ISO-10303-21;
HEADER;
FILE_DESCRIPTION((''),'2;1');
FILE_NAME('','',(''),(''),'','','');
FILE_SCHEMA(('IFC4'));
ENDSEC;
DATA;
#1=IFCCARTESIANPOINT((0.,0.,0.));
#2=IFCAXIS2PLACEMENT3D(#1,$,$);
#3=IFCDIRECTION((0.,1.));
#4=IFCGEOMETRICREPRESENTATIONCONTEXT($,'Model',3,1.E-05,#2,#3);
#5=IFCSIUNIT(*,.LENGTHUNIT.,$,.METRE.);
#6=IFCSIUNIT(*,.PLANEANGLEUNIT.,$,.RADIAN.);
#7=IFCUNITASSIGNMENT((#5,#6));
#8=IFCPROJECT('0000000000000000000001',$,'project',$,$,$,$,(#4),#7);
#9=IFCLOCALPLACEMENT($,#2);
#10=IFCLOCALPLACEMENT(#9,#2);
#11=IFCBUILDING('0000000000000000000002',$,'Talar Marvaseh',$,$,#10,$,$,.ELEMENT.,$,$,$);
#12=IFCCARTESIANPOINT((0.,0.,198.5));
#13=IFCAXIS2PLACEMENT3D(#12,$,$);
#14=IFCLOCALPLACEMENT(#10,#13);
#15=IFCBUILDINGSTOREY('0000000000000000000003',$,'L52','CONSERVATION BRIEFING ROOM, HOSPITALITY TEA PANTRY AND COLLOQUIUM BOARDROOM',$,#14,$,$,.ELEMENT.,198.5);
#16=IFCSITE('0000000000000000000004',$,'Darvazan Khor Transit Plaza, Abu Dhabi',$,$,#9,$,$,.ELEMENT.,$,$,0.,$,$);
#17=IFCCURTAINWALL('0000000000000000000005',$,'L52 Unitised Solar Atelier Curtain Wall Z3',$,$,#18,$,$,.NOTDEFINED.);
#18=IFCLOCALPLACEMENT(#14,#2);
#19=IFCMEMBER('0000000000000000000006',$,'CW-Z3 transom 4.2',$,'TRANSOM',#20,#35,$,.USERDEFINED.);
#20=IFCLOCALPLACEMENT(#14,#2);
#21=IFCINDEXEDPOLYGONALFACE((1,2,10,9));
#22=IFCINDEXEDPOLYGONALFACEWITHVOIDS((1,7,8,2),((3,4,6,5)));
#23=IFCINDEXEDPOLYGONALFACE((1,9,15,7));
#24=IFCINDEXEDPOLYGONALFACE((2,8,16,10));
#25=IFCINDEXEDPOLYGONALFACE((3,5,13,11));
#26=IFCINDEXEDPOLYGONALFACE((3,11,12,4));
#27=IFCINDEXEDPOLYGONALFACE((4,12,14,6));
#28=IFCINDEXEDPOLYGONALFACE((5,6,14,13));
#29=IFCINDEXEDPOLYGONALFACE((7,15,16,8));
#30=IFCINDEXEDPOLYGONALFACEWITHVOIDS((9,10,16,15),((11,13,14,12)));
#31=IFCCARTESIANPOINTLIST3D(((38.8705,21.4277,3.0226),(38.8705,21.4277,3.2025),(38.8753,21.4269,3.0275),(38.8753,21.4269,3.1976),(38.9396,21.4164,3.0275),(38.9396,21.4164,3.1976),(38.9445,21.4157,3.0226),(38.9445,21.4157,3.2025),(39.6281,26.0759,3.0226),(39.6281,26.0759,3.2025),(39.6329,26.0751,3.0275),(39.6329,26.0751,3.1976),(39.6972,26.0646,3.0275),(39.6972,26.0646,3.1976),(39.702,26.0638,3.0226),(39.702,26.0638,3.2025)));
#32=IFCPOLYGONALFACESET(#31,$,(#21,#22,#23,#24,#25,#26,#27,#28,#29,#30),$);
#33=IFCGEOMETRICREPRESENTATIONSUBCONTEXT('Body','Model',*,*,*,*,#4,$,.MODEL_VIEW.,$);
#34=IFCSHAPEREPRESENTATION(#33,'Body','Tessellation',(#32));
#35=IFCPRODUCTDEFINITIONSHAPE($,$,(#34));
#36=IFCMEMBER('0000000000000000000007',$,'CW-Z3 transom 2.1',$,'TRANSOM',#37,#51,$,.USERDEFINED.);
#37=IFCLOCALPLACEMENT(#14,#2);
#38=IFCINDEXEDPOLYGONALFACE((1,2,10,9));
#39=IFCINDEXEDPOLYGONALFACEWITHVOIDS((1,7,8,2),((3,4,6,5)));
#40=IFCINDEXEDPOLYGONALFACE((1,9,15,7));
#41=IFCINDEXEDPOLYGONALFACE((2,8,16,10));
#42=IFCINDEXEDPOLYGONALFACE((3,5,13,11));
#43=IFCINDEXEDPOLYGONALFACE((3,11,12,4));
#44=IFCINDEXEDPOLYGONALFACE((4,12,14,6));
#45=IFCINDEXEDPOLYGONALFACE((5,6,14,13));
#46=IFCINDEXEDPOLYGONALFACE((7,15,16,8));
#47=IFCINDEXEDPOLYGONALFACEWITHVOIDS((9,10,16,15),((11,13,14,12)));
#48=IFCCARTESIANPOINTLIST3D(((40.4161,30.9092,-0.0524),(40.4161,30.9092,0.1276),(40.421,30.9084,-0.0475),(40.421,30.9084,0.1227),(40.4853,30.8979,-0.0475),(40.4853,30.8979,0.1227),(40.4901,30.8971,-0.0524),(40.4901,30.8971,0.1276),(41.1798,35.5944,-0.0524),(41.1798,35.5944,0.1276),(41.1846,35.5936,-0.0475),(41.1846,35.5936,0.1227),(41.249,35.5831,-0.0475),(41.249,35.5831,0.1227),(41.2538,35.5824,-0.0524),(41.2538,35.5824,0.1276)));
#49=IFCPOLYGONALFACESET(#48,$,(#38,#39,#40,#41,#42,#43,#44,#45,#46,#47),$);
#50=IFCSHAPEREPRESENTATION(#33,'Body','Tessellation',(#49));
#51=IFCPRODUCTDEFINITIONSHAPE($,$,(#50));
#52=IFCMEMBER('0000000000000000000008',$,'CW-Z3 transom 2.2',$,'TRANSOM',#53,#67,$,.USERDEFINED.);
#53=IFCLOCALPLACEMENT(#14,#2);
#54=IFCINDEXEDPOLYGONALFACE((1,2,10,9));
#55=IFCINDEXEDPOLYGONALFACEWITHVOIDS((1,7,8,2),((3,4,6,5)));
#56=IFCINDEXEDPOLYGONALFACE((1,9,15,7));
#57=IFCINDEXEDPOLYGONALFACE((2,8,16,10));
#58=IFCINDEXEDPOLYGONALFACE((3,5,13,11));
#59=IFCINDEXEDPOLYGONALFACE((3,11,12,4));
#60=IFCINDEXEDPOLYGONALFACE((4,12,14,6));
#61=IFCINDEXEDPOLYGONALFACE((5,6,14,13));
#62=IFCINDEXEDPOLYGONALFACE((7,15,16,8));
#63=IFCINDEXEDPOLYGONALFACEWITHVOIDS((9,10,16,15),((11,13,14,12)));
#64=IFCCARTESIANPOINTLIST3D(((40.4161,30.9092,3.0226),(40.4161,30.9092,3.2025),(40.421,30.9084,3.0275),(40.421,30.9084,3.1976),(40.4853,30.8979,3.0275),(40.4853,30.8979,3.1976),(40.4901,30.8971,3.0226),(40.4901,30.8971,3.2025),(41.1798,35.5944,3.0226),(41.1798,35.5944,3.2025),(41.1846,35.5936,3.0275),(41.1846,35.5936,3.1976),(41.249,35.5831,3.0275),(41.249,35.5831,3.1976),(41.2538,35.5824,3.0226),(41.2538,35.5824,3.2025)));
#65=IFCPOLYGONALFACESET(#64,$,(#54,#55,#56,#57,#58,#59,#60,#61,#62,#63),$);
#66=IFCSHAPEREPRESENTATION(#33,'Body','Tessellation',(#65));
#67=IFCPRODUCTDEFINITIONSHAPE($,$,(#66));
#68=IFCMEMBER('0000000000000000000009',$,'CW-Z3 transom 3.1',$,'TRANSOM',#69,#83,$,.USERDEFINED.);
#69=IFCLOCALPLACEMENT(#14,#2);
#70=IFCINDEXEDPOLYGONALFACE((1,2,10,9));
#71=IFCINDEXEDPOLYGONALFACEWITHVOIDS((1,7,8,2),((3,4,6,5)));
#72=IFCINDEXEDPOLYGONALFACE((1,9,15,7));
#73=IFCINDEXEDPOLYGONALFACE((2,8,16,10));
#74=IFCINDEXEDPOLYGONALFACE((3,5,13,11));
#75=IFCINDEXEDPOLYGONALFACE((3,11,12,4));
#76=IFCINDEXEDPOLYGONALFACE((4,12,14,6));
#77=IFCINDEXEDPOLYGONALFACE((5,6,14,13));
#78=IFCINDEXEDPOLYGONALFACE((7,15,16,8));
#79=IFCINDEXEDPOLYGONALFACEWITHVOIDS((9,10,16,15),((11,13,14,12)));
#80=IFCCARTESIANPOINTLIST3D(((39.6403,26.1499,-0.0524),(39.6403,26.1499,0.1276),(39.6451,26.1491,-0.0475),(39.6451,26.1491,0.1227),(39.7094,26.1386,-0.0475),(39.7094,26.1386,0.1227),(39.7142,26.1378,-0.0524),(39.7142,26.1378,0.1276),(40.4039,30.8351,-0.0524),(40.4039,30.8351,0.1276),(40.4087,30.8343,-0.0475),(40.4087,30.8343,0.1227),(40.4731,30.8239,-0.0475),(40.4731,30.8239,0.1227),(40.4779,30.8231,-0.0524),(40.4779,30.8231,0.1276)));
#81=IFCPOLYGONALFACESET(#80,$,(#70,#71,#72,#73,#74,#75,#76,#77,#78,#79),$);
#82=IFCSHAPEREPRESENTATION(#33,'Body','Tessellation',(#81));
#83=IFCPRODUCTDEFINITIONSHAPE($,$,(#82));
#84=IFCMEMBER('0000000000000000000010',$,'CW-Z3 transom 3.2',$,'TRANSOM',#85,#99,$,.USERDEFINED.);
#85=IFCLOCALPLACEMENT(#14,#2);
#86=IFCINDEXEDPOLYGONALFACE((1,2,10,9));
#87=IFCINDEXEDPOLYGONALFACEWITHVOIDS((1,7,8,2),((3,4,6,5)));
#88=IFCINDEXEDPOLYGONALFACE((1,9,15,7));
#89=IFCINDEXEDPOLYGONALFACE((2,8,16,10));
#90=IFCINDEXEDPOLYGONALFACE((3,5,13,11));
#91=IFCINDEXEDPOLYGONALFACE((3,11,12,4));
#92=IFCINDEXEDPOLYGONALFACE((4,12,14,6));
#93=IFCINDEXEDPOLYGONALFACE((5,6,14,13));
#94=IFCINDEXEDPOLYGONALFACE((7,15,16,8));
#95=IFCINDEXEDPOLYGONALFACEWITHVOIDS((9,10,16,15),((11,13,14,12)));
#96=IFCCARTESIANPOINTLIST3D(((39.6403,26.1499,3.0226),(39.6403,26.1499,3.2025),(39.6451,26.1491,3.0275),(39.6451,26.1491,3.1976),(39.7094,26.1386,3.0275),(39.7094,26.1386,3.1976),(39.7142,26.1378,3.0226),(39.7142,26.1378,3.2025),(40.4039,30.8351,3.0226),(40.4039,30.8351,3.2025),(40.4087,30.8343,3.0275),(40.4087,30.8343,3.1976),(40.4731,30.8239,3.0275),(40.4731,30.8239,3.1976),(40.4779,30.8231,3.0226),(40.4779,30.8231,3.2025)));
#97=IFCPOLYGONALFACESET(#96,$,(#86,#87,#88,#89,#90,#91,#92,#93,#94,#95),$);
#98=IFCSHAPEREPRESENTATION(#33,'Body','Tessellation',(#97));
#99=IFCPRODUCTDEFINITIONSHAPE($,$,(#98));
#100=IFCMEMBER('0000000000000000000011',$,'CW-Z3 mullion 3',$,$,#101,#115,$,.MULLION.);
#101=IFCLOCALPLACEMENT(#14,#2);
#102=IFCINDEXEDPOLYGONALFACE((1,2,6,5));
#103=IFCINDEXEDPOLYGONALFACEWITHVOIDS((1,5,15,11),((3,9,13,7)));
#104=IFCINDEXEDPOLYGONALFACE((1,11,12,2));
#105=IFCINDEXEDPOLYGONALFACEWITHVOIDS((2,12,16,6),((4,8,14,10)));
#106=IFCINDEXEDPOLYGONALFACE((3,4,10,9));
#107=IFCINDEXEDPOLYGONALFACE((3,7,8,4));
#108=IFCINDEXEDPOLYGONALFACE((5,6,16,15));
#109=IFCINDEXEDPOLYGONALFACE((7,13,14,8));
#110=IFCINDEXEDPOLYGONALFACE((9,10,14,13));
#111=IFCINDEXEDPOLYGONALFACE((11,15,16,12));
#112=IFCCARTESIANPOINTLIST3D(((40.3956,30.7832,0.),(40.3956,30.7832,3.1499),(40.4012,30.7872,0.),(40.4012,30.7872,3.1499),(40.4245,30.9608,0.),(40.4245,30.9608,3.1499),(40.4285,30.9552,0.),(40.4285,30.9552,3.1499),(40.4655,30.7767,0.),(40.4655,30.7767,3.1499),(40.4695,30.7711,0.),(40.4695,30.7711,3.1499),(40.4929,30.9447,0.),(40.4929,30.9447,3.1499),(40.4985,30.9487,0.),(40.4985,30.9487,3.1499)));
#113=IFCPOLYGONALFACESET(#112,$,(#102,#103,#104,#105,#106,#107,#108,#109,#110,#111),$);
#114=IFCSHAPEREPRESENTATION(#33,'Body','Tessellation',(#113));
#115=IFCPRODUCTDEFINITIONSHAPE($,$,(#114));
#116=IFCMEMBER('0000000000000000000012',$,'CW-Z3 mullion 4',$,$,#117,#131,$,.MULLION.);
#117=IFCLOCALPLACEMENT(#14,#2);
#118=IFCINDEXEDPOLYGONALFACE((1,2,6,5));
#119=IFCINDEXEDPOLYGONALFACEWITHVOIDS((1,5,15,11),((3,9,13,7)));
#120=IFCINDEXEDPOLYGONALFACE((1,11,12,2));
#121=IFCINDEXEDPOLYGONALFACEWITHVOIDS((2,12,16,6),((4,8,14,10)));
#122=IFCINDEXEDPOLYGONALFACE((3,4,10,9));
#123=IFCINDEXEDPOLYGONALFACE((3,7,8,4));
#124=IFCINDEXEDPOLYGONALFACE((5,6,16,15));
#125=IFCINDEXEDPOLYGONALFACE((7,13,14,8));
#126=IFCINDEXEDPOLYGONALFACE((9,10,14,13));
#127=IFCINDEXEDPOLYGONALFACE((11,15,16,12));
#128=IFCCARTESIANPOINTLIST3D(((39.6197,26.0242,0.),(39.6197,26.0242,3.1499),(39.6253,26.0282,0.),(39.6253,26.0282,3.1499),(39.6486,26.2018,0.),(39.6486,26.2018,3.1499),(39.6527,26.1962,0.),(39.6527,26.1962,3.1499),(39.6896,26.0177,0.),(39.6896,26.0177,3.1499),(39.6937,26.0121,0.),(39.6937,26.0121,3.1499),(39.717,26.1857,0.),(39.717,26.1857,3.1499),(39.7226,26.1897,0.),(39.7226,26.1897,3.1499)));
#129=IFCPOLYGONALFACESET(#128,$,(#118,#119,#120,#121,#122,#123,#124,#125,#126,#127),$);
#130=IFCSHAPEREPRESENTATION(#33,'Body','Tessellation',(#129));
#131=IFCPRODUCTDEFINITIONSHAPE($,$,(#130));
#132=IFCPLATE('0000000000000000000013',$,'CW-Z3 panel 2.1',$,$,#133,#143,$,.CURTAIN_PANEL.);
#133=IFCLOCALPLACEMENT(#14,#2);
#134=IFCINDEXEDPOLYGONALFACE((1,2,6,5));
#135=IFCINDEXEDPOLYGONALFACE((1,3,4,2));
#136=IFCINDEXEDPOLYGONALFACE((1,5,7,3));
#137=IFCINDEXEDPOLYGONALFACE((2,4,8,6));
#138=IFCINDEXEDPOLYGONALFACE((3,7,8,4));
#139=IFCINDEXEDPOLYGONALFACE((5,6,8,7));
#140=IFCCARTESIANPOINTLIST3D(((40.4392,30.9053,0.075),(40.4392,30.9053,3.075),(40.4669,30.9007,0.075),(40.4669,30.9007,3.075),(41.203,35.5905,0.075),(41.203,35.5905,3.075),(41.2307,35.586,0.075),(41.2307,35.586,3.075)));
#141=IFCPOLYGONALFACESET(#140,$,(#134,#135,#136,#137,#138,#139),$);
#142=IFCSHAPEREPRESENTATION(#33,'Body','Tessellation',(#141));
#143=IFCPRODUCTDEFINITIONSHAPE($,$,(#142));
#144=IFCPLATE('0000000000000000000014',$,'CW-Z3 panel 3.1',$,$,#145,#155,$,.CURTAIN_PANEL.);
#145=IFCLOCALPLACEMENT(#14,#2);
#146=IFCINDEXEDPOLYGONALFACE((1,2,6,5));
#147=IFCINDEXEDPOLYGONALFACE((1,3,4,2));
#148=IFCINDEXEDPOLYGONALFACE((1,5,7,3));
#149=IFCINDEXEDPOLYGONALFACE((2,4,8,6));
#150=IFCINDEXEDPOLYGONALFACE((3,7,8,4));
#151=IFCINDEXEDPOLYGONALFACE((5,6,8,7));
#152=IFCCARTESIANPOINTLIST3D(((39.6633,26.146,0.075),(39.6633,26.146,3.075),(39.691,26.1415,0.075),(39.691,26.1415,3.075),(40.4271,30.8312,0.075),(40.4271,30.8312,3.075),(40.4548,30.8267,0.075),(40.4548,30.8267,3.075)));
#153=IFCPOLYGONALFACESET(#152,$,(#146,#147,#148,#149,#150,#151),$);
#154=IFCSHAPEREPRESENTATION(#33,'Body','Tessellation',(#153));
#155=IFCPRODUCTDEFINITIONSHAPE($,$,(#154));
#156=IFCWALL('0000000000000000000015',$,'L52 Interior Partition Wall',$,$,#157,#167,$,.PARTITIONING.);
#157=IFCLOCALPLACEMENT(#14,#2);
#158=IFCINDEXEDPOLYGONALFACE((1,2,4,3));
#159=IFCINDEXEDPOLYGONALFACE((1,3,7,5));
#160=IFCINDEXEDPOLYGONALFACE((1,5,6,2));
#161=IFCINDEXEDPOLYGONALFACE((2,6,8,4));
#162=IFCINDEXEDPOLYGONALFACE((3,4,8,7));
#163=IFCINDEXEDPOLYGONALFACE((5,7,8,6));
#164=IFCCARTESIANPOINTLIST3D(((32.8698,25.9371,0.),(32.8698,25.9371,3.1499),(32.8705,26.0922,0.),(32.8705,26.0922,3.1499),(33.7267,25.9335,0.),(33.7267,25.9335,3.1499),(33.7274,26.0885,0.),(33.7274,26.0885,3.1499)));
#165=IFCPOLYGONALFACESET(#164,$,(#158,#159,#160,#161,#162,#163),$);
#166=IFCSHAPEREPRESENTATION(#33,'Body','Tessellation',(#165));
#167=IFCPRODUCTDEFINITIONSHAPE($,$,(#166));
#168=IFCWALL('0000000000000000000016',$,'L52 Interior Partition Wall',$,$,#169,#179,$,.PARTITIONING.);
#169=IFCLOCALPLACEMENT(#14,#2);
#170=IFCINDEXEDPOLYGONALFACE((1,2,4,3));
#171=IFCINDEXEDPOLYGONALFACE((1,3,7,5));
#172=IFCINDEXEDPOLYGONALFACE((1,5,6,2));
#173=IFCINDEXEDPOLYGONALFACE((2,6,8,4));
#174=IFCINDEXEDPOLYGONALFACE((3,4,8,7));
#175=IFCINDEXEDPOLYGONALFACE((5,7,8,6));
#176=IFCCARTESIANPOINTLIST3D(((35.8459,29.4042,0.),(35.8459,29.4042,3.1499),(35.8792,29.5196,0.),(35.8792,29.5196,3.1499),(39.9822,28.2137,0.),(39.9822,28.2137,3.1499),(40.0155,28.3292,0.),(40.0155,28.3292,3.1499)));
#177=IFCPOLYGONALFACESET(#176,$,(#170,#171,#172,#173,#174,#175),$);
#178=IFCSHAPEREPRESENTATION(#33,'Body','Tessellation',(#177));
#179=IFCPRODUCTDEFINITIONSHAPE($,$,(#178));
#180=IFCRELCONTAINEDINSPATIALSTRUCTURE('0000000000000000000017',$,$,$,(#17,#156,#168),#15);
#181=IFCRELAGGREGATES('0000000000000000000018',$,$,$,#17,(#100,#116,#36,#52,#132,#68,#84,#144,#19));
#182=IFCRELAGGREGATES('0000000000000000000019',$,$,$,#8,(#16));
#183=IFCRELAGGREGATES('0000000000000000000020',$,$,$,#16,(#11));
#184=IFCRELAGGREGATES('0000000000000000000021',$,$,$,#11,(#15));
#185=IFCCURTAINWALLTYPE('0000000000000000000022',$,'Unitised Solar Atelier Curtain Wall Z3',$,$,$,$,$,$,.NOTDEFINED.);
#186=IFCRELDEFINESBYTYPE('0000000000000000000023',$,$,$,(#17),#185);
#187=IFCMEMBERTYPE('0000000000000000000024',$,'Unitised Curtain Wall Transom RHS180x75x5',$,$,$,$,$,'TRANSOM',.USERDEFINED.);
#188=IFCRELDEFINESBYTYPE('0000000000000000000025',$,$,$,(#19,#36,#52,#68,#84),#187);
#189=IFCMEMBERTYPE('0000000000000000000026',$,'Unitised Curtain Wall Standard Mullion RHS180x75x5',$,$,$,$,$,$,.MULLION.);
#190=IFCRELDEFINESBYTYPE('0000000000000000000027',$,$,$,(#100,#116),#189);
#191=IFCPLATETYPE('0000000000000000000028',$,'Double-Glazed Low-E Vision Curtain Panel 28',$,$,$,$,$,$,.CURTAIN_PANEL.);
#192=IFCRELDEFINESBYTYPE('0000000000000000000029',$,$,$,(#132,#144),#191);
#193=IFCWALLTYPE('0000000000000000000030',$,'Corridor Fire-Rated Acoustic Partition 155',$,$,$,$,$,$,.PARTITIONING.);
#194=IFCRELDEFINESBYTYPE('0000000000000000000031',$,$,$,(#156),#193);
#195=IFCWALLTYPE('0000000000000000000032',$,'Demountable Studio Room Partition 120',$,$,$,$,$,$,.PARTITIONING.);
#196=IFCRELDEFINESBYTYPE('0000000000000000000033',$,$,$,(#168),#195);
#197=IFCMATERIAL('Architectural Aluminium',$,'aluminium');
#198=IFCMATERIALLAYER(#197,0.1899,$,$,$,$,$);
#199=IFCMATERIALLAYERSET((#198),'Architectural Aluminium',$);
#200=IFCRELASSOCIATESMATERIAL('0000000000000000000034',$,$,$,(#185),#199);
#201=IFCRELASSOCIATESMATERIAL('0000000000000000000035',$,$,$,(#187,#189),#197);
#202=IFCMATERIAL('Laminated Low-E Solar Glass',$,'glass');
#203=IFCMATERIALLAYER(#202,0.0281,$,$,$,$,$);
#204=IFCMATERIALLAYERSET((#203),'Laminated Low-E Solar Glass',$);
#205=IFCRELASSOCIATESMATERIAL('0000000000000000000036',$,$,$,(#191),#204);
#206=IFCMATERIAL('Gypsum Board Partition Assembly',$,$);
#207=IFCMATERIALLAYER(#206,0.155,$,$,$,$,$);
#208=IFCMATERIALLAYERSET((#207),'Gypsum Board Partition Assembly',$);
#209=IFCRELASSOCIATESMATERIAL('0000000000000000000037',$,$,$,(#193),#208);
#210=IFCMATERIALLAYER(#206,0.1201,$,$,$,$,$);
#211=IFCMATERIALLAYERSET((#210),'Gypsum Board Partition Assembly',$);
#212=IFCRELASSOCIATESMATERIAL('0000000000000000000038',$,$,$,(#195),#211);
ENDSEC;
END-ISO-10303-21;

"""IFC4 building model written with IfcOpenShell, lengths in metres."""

from ifc_helpers import new_model, si_unit, direction, frame, frame_2d, origin, origin_2d, place, context, subcontext, project, spatial, rectangle, hollow_rectangle, extrude, source, transform, mapped, material, layer, layer_set, material_profile, profile_set, type_object, type_shapes, element, aggregate, save


model = new_model("IFC4")

# Units and contexts
model_context = context("Model", 3, precision=1e-05, world=origin(), true_north=direction((0.0, 1.0)))
body_context = subcontext(model_context, "Body", "Model", "MODEL_VIEW")
ifc_project = project(units=[si_unit("LENGTHUNIT", "METRE"), si_unit("PLANEANGLEUNIT", "RADIAN")], contexts=[model_context])

# Site, building, storey
site_placement = place(None, origin())
site = spatial("IfcSite", under=ifc_project, at=site_placement, Name="Darvazan Khor Transit Plaza, Abu Dhabi", CompositionType="ELEMENT", RefElevation=0.0)
building_placement = place(site_placement, origin())
building = spatial("IfcBuilding", under=site, at=building_placement, Name="Talar Marvaseh", CompositionType="ELEMENT")
storey_placement = place(building_placement, frame((0.0, 0.0, 198.5)))
storey = spatial("IfcBuildingStorey", under=building, at=storey_placement, Name="L52", Description="CONSERVATION BRIEFING ROOM, HOSPITALITY TEA PANTRY AND COLLOQUIUM BOARDROOM", CompositionType="ELEMENT", Elevation=198.5)

# Curtain wall, members, plates
ifc_material_1 = material(Name="Architectural Aluminium", Category="aluminium")
ifc_layer_1 = layer(ifc_material_1, 0.1899)
ifc_layer_set_1 = layer_set([ifc_layer_1], Name="Architectural Aluminium")
curtain_wall_type = type_object("IfcCurtainWallType", Name="Unitised Solar Atelier Curtain Wall Z3", PredefinedType="NOTDEFINED", material=ifc_layer_set_1)
curtain_wall_placement = place(storey_placement, origin())
curtain_wall = element("IfcCurtainWall", 1, at=curtain_wall_placement, inside=storey, type_object=curtain_wall_type, Name="L52 Unitised Solar Atelier Curtain Wall Z3", PredefinedType="NOTDEFINED")
ifc_material_profile_1 = material_profile(ifc_material_1, hollow_rectangle(XDim=0.075, YDim=0.1799, WallThickness=0.0049, at=origin_2d()), Name="RHS180x75x5")
ifc_profile_set_1 = profile_set([ifc_material_profile_1], Name="Architectural Aluminium")
member_type_1 = type_object("IfcMemberType", Name="Unitised Curtain Wall Transom RHS180x75x5", ElementType="TRANSOM", PredefinedType="USERDEFINED", material=ifc_profile_set_1)
shared_shape_1 = source(origin(), body_context, "Body", "SweptSolid", [
    extrude(hollow_rectangle(XDim=0.075, YDim=0.1799, WallThickness=0.0049, at=origin_2d()), origin(), (0.0, 0.0, 1.0), 4.7095),
])
member_1_placement = place(storey_placement, frame((39.665, 26.0698, 3.1125), z_axis=(-0.160859, -0.986977, 0.0), x_axis=(0.986977, -0.160859, 0.0)))
member_1 = element("IfcMember", 2, at=member_1_placement, type_object=member_type_1, Name="CW-Z3 transom 4.2", ObjectType="TRANSOM", PredefinedType="USERDEFINED", context=body_context, shape_type="MappedRepresentation", body=[
    mapped(shared_shape_1, transform((0.0, 0.0, 0.0), x_axis=(1.0, 0.0, 0.0), y_axis=(0.0, 1.0, 0.0), z_axis=(0.0, 0.0, 1.0), scale=1.0)),
])
shared_shape_2 = source(origin(), body_context, "Body", "SweptSolid", [
    extrude(hollow_rectangle(XDim=0.075, YDim=0.1799, WallThickness=0.0049, at=origin_2d()), origin(), (0.0, 0.0, 1.0), 4.7471),
])
type_shapes(member_type_1, [shared_shape_1, shared_shape_2])
member_2_placement = place(storey_placement, frame((41.2168, 35.5884, 0.0376), z_axis=(-0.16087, -0.986976, 0.0), x_axis=(0.986976, -0.16087, 0.0)))
member_2 = element("IfcMember", 3, at=member_2_placement, type_object=member_type_1, Name="CW-Z3 transom 2.1", ObjectType="TRANSOM", PredefinedType="USERDEFINED", context=body_context, shape_type="MappedRepresentation", body=[
    mapped(shared_shape_2, transform((0.0, 0.0, 0.0), x_axis=(1.0, 0.0, 0.0), y_axis=(0.0, 1.0, 0.0), z_axis=(0.0, 0.0, 1.0), scale=1.0)),
])
member_3_placement = place(storey_placement, frame((41.2168, 35.5884, 3.1125), z_axis=(-0.16087, -0.986976, 0.0), x_axis=(0.986976, -0.16087, 0.0)))
member_3 = element("IfcMember", 4, at=member_3_placement, type_object=member_type_1, Name="CW-Z3 transom 2.2", ObjectType="TRANSOM", PredefinedType="USERDEFINED", context=body_context, shape_type="MappedRepresentation", body=[
    mapped(shared_shape_2, transform((0.0, 0.0, 0.0), x_axis=(1.0, 0.0, 0.0), y_axis=(0.0, 1.0, 0.0), z_axis=(0.0, 0.0, 1.0), scale=1.0)),
])
member_4_placement = place(storey_placement, frame((40.4409, 30.8291, 0.0376), z_axis=(-0.16087, -0.986976, 0.0), x_axis=(0.986976, -0.16087, 0.0)))
member_4 = element("IfcMember", 5, at=member_4_placement, type_object=member_type_1, Name="CW-Z3 transom 3.1", ObjectType="TRANSOM", PredefinedType="USERDEFINED", context=body_context, shape_type="MappedRepresentation", body=[
    mapped(shared_shape_2, transform((0.0, 0.0, 0.0), x_axis=(1.0, 0.0, 0.0), y_axis=(0.0, 1.0, 0.0), z_axis=(0.0, 0.0, 1.0), scale=1.0)),
])
member_5_placement = place(storey_placement, frame((40.4409, 30.8291, 3.1125), z_axis=(-0.16087, -0.986976, 0.0), x_axis=(0.986976, -0.16087, 0.0)))
member_5 = element("IfcMember", 6, at=member_5_placement, type_object=member_type_1, Name="CW-Z3 transom 3.2", ObjectType="TRANSOM", PredefinedType="USERDEFINED", context=body_context, shape_type="MappedRepresentation", body=[
    mapped(shared_shape_2, transform((0.0, 0.0, 0.0), x_axis=(1.0, 0.0, 0.0), y_axis=(0.0, 1.0, 0.0), z_axis=(0.0, 0.0, 1.0), scale=1.0)),
])
ifc_material_profile_2 = material_profile(ifc_material_1, hollow_rectangle(XDim=0.075, YDim=0.1799, WallThickness=0.0049, at=origin_2d()), Name="RHS180x75x5")
ifc_profile_set_2 = profile_set([ifc_material_profile_2], Name="Architectural Aluminium")
member_type_2 = type_object("IfcMemberType", Name="Unitised Curtain Wall Standard Mullion RHS180x75x5", PredefinedType="MULLION", material=ifc_profile_set_2)
shared_shape_3 = source(origin(), body_context, "Body", "SweptSolid", [
    extrude(hollow_rectangle(XDim=0.075, YDim=0.1799, WallThickness=0.0049, at=origin_2d()), origin(), (0.0, 0.0, 1.0), 3.1499),
])
type_shapes(member_type_2, [shared_shape_3])
member_6_placement = place(storey_placement, frame((40.447, 30.866, 0.0), z_axis=(0.0, 0.0, 1.0), x_axis=(0.986971, -0.160896, 0.0)))
member_6 = element("IfcMember", 7, at=member_6_placement, type_object=member_type_2, Name="CW-Z3 mullion 3", PredefinedType="MULLION", context=body_context, shape_type="MappedRepresentation", body=[
    mapped(shared_shape_3, transform((0.0, 0.0, 0.0), x_axis=(1.0, 0.0, 0.0), y_axis=(0.0, 1.0, 0.0), z_axis=(0.0, 0.0, 1.0), scale=1.0)),
])
member_7_placement = place(storey_placement, frame((39.6711, 26.1069, 0.0), z_axis=(0.0, 0.0, 1.0), x_axis=(0.986971, -0.160896, 0.0)))
member_7 = element("IfcMember", 8, at=member_7_placement, type_object=member_type_2, Name="CW-Z3 mullion 4", PredefinedType="MULLION", context=body_context, shape_type="MappedRepresentation", body=[
    mapped(shared_shape_3, transform((0.0, 0.0, 0.0), x_axis=(1.0, 0.0, 0.0), y_axis=(0.0, 1.0, 0.0), z_axis=(0.0, 0.0, 1.0), scale=1.0)),
])
ifc_material_2 = material(Name="Laminated Low-E Solar Glass", Category="glass")
ifc_layer_2 = layer(ifc_material_2, 0.0281)
ifc_layer_set_2 = layer_set([ifc_layer_2], Name="Laminated Low-E Solar Glass")
plate_type = type_object("IfcPlateType", Name="Double-Glazed Low-E Vision Curtain Panel 28", PredefinedType="CURTAIN_PANEL", material=ifc_layer_set_2)
shared_shape_4 = source(origin(), body_context, "Body", "SweptSolid", [
    extrude(rectangle(XDim=4.7471, YDim=0.0281, at=origin_2d()), origin(), (0.0, 0.0, 1.0), 3.0),
])
type_shapes(plate_type, [shared_shape_4])
plate_1_placement = place(storey_placement, frame((40.835, 33.2456, 0.075), z_axis=(0.0, 0.0, 1.0), x_axis=(-0.160896, -0.986971, 0.0)))
plate_1 = element("IfcPlate", 9, at=plate_1_placement, type_object=plate_type, Name="CW-Z3 panel 2.1", PredefinedType="CURTAIN_PANEL", context=body_context, shape_type="MappedRepresentation", body=[
    mapped(shared_shape_4, transform((0.0, 0.0, 0.0), x_axis=(1.0, 0.0, 0.0), y_axis=(0.0, 1.0, 0.0), z_axis=(0.0, 0.0, 1.0), scale=1.0)),
])
plate_2_placement = place(storey_placement, frame((40.0591, 28.4863, 0.075), z_axis=(0.0, 0.0, 1.0), x_axis=(-0.160896, -0.986971, 0.0)))
plate_2 = element("IfcPlate", 10, at=plate_2_placement, type_object=plate_type, Name="CW-Z3 panel 3.1", PredefinedType="CURTAIN_PANEL", context=body_context, shape_type="MappedRepresentation", body=[
    mapped(shared_shape_4, transform((0.0, 0.0, 0.0), x_axis=(1.0, 0.0, 0.0), y_axis=(0.0, 1.0, 0.0), z_axis=(0.0, 0.0, 1.0), scale=1.0)),
])
aggregate(curtain_wall, [member_6, member_7, member_2, member_3, plate_1, member_4, member_5, plate_2, member_1])

# Walls
ifc_material_3 = material(Name="Gypsum Board Partition Assembly")
ifc_layer_3 = layer(ifc_material_3, 0.155)
ifc_layer_set_3 = layer_set([ifc_layer_3], Name="Gypsum Board Partition Assembly")
wall_type_1 = type_object("IfcWallType", Name="Corridor Fire-Rated Acoustic Partition 155", PredefinedType="PARTITIONING", material=ifc_layer_set_3)
wall_1_placement = place(storey_placement, frame((33.7271, 26.011, 0.0), z_axis=(0.0, 0.0, 1.0), x_axis=(-0.999991, 0.004273, 0.0)))
element("IfcWall", 11, at=wall_1_placement, inside=storey, type_object=wall_type_1, Name="L52 Interior Partition Wall", PredefinedType="PARTITIONING", context=body_context, shape_type="SweptSolid", body=[
    extrude(rectangle(XDim=0.8569, YDim=0.155, at=frame_2d((0.4285, 0.0))), origin(), (0.0, 0.0, 1.0), 3.1499),
])
ifc_layer_4 = layer(ifc_material_3, 0.1201)
ifc_layer_set_4 = layer_set([ifc_layer_4], Name="Gypsum Board Partition Assembly")
wall_type_2 = type_object("IfcWallType", Name="Demountable Studio Room Partition 120", PredefinedType="PARTITIONING", material=ifc_layer_set_4)
wall_2_placement = place(storey_placement, frame((35.8625, 29.4619, 0.0), z_axis=(0.0, 0.0, 1.0), x_axis=(0.960991, -0.276579, 0.0)))
element("IfcWall", 12, at=wall_2_placement, inside=storey, type_object=wall_type_2, Name="L52 Interior Partition Wall", PredefinedType="PARTITIONING", context=body_context, shape_type="SweptSolid", body=[
    extrude(rectangle(XDim=4.3042, YDim=0.1201, at=frame_2d((2.1521, 0.0))), origin(), (0.0, 0.0, 1.0), 3.1499),
])

save(model, "model.ifc")
